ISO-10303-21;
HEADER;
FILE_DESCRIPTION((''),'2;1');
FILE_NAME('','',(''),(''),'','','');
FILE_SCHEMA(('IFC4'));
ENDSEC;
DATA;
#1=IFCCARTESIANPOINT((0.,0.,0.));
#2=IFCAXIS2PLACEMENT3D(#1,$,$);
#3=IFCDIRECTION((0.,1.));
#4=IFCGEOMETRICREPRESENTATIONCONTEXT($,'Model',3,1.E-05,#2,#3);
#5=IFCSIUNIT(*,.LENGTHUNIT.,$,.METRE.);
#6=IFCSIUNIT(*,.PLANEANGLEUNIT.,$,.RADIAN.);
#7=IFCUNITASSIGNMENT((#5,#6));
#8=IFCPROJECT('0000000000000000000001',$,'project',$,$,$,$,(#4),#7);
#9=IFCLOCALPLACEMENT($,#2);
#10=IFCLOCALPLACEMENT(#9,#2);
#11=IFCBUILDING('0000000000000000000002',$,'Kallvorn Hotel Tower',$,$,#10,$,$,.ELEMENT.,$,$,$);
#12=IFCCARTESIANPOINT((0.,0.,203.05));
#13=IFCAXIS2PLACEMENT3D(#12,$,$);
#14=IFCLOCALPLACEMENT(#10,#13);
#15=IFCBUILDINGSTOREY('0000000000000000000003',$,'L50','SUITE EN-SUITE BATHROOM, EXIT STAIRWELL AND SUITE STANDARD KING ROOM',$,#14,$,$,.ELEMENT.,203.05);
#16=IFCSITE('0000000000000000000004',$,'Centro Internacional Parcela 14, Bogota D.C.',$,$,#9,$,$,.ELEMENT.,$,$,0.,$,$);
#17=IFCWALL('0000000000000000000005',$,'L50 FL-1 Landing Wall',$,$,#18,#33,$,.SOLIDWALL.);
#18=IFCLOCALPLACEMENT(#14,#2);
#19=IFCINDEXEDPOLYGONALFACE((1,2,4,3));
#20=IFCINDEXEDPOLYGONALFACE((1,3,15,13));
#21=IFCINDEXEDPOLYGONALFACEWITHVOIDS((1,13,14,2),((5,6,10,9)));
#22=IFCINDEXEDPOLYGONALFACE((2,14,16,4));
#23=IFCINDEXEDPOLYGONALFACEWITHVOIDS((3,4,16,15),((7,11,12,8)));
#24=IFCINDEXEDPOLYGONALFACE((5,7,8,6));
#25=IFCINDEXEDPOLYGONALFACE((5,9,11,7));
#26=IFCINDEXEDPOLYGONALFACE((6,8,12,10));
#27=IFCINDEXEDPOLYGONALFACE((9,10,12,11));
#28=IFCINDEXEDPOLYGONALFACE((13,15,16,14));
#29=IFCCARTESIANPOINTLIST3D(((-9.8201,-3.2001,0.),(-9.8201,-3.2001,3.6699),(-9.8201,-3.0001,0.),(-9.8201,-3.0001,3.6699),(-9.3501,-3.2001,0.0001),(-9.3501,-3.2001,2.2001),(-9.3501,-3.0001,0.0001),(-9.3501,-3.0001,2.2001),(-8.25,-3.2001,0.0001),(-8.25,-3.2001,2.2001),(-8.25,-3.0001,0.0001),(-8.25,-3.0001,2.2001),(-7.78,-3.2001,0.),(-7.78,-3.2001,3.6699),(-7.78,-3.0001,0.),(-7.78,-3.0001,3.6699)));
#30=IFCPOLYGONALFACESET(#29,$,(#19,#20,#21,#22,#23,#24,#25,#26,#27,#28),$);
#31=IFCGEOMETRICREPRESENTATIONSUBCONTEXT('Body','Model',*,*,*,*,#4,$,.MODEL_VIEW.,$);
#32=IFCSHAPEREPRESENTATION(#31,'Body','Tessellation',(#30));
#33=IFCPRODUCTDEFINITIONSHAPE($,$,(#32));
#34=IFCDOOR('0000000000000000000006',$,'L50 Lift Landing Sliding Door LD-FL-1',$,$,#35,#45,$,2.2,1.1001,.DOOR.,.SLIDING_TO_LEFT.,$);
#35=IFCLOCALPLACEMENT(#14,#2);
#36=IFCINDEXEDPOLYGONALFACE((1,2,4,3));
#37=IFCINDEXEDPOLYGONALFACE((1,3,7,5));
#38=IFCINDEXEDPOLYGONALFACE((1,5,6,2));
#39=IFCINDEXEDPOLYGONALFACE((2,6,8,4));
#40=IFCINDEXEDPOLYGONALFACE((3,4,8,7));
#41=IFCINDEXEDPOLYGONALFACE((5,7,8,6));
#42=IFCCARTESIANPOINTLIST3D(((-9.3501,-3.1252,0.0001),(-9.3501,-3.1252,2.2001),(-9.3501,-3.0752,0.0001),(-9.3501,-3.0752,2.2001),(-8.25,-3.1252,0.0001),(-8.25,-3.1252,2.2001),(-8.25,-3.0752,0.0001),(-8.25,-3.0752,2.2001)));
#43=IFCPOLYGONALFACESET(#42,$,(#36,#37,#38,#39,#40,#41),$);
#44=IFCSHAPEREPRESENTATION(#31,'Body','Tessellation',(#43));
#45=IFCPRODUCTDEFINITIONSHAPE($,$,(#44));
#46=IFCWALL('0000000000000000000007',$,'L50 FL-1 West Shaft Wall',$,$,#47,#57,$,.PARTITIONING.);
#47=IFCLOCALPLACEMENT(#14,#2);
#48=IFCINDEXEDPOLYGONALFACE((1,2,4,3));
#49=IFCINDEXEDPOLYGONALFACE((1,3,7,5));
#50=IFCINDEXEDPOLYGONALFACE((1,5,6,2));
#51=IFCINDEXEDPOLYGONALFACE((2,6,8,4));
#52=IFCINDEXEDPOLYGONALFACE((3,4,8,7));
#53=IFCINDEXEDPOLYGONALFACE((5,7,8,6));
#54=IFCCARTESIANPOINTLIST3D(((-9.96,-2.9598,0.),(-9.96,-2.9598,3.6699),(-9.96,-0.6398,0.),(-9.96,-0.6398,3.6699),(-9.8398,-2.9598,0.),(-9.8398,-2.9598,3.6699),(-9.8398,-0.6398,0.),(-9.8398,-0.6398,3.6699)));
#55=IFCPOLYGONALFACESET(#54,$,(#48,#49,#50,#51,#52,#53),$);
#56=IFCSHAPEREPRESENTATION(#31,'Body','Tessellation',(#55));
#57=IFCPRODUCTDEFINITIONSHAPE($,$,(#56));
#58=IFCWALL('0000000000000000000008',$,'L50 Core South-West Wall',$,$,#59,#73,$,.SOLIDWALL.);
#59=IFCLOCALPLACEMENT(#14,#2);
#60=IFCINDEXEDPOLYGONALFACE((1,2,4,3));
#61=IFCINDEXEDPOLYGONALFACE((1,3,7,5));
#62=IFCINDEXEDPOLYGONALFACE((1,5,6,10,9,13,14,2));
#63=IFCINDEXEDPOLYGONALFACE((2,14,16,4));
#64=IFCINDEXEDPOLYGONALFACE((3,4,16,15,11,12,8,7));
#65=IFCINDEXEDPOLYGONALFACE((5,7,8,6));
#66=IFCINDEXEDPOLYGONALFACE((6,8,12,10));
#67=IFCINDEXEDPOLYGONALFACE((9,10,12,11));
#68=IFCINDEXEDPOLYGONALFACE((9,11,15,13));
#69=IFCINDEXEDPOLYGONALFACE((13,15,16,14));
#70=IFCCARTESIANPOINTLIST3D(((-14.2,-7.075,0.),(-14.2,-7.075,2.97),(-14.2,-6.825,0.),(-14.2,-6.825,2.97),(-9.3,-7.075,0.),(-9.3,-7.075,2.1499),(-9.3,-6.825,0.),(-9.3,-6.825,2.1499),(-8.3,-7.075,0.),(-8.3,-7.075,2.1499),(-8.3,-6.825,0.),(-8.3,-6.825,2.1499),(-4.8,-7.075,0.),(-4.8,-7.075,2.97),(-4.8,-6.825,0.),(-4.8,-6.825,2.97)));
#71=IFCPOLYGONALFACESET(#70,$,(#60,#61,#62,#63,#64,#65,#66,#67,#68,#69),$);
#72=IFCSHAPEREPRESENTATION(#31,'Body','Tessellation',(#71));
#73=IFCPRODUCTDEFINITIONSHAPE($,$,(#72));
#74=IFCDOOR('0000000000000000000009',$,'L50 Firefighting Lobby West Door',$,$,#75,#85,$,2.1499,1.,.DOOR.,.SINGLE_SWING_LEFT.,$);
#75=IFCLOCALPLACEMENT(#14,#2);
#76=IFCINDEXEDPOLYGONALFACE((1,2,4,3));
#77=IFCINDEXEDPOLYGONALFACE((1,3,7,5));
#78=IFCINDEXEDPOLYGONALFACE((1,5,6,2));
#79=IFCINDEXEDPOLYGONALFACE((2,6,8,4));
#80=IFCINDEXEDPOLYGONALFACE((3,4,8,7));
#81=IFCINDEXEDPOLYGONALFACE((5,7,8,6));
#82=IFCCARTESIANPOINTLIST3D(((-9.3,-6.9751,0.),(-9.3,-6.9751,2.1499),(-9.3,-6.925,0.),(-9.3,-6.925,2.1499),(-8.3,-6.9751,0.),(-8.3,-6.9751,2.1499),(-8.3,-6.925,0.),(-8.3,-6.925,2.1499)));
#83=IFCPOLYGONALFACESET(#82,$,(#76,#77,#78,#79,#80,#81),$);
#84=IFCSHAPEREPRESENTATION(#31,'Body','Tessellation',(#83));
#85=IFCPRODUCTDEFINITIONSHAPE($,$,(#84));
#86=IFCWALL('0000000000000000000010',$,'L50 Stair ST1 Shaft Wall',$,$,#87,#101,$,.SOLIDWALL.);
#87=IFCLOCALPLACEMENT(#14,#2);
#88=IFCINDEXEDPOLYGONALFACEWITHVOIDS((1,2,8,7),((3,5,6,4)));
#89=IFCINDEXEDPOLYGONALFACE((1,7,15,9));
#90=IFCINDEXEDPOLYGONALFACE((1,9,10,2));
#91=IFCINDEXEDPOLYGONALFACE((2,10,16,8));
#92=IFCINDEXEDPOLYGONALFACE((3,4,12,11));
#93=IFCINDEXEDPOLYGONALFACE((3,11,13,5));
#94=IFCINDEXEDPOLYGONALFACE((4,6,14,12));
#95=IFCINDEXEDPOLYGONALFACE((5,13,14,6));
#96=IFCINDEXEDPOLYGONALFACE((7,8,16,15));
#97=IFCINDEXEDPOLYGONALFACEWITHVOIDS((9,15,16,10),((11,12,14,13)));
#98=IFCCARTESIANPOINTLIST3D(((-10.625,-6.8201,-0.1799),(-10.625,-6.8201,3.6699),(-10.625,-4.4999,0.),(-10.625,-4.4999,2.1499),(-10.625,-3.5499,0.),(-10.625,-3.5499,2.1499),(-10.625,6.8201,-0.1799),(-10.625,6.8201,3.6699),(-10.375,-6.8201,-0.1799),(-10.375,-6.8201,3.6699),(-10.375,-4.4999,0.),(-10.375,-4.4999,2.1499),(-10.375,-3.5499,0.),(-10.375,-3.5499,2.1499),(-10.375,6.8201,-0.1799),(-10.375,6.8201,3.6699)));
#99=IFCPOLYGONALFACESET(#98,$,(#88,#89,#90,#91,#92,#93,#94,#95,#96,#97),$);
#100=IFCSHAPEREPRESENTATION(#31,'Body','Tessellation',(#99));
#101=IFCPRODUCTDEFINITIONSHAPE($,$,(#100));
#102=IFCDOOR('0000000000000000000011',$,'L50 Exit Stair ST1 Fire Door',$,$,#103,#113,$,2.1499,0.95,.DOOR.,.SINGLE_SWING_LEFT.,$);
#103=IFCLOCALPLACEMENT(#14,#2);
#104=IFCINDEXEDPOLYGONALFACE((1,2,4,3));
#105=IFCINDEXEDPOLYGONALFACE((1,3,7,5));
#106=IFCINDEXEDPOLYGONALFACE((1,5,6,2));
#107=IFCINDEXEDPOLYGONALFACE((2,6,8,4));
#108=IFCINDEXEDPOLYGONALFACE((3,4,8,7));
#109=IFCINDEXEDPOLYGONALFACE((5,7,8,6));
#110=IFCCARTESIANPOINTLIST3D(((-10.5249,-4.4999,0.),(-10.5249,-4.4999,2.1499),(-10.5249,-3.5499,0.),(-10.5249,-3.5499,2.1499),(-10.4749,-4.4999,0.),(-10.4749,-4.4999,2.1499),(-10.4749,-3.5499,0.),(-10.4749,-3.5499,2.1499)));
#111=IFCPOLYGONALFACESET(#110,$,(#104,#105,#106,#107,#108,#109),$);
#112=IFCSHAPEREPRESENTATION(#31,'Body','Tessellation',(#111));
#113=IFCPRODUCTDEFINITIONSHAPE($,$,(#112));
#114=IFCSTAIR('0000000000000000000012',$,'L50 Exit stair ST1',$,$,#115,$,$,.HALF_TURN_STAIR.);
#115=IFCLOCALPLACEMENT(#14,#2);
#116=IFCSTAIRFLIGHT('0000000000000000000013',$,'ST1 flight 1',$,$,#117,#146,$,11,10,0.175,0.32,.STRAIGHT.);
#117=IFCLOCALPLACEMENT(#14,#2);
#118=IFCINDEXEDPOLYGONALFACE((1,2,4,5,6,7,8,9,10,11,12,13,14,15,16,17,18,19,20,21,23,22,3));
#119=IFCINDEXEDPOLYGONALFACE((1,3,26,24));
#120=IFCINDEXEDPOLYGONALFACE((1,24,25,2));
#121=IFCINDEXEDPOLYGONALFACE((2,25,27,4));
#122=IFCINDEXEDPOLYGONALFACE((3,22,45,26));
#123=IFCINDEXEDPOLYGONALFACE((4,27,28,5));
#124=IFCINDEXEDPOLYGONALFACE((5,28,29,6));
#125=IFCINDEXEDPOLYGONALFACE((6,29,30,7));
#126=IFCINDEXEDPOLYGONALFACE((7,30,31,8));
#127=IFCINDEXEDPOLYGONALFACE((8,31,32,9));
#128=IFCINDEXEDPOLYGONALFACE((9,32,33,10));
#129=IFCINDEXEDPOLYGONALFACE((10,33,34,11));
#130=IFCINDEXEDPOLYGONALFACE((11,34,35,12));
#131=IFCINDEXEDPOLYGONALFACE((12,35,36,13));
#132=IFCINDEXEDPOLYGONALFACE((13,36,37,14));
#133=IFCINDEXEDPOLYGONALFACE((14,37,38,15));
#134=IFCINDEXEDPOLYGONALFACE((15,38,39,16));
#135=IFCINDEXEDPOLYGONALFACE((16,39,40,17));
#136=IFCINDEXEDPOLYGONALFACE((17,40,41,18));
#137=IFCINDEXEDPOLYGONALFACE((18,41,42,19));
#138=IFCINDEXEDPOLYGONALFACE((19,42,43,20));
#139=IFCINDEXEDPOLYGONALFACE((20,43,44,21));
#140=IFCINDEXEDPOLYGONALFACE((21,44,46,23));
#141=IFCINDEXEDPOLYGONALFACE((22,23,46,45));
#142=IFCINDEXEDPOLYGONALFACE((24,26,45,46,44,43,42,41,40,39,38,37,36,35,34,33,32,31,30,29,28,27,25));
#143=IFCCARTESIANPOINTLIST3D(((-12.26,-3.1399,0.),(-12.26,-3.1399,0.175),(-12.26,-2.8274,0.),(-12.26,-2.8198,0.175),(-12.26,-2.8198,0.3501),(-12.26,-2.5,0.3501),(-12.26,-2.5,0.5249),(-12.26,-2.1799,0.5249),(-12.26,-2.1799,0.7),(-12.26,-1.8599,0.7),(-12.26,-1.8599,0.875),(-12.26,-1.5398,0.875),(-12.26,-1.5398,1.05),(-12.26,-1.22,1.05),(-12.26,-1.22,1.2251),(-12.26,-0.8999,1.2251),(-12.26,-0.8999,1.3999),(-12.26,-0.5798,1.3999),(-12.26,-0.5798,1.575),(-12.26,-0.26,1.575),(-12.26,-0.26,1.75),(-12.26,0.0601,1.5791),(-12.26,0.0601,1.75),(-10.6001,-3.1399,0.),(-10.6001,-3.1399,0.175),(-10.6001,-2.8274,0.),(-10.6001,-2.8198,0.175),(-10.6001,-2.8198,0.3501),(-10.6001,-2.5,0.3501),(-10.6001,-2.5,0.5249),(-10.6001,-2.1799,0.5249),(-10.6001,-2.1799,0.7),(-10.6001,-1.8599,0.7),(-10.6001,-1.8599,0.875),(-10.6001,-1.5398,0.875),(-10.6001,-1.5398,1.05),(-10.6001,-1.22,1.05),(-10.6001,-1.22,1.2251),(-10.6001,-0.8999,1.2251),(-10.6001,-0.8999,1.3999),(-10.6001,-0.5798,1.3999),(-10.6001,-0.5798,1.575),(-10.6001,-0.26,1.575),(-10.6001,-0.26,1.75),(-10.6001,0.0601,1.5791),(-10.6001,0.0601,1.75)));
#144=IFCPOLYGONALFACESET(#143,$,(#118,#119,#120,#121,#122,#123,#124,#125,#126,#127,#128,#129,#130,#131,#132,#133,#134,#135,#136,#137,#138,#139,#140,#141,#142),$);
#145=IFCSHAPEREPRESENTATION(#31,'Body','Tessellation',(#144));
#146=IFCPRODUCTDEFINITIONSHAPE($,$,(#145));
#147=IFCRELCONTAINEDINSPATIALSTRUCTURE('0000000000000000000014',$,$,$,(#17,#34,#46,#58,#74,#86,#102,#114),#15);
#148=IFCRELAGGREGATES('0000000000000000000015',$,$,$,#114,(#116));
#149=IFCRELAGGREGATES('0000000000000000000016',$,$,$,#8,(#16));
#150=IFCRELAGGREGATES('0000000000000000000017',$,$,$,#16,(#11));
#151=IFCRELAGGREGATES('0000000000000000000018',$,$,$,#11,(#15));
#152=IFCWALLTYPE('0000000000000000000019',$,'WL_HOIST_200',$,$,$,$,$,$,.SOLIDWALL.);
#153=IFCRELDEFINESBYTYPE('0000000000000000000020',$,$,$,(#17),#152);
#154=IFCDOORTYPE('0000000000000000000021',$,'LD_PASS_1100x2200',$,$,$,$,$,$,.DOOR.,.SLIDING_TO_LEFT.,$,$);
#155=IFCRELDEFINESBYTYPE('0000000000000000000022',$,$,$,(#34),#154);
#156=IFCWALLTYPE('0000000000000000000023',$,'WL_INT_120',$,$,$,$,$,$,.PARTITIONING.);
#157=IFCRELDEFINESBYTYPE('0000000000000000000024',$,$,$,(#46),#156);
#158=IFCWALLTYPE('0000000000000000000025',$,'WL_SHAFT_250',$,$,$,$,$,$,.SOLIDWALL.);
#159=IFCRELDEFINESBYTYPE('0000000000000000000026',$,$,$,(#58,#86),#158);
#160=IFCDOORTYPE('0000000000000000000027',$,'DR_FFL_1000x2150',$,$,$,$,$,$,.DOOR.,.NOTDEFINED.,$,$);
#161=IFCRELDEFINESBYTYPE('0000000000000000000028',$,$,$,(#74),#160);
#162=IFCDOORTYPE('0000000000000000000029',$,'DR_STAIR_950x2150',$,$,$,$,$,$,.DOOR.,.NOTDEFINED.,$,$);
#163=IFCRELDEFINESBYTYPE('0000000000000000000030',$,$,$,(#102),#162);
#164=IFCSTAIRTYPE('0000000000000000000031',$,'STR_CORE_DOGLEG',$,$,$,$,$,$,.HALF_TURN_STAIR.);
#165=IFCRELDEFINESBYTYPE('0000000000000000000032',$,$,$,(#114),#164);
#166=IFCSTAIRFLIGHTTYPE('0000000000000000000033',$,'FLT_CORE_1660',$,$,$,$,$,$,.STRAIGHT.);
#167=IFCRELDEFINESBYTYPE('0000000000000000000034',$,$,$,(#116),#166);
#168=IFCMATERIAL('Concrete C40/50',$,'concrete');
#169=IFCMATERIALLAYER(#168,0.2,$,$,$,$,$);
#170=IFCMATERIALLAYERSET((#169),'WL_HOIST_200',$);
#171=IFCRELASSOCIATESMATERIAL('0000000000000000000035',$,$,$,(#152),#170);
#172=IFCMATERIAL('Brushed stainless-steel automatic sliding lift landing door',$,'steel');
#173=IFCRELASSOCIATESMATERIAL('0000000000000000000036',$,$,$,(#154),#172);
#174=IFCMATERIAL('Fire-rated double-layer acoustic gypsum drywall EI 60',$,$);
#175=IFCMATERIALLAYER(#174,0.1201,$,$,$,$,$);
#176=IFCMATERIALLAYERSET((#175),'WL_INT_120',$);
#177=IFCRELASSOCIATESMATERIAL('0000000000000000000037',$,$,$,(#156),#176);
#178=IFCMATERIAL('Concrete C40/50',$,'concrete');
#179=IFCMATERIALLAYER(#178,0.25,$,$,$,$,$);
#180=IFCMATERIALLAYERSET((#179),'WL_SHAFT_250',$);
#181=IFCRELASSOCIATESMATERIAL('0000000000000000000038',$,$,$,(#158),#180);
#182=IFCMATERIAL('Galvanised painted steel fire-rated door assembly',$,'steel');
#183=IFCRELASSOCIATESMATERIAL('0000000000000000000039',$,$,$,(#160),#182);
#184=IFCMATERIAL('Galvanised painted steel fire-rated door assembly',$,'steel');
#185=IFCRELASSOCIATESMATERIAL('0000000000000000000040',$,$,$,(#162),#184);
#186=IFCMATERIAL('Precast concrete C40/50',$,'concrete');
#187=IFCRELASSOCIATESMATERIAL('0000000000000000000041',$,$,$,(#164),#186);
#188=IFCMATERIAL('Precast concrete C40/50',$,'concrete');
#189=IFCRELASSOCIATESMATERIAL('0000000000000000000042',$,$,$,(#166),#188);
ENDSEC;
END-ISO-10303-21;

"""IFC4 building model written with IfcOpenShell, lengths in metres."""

from ifc_helpers import new_model, si_unit, direction, frame, frame_2d, origin, place, context, subcontext, project, spatial, polyline, rectangle, outline, extrude, material, layer, layer_set, type_object, element, fill, aggregate, save


model = new_model("IFC4")

# Units and contexts
model_context = context("Model", 3, precision=1e-05, world=origin(), true_north=direction((0.0, 1.0)))
body_context = subcontext(model_context, "Body", "Model", "MODEL_VIEW")
ifc_project = project(units=[si_unit("LENGTHUNIT", "METRE"), si_unit("PLANEANGLEUNIT", "RADIAN")], contexts=[model_context])

# Site, building, storey
site_placement = place(None, origin())
site = spatial("IfcSite", under=ifc_project, at=site_placement, Name="Centro Internacional Parcela 14, Bogota D.C.", CompositionType="ELEMENT", RefElevation=0.0)
building_placement = place(site_placement, origin())
building = spatial("IfcBuilding", under=site, at=building_placement, Name="Kallvorn Hotel Tower", CompositionType="ELEMENT")
storey_placement = place(building_placement, frame((0.0, 0.0, 203.05)))
storey = spatial("IfcBuildingStorey", under=building, at=storey_placement, Name="L50", Description="SUITE EN-SUITE BATHROOM, EXIT STAIRWELL AND SUITE STANDARD KING ROOM", CompositionType="ELEMENT", Elevation=203.05)

# Shared definitions
ifc_material_1 = material(Name="Concrete C40/50", Category="concrete")
ifc_layer_1 = layer(ifc_material_1, 0.2)
ifc_layer_set_1 = layer_set([ifc_layer_1], Name="WL_HOIST_200")
wall_type_1 = type_object("IfcWallType", Name="WL_HOIST_200", PredefinedType="SOLIDWALL", material=ifc_layer_set_1)

# Wall, opening, door
wall_1_placement = place(storey_placement, frame((-9.8201, -3.1001, 0.0), z_axis=(0.0, 0.0, 1.0), x_axis=(1.0, 0.0, 0.0)))
wall_1 = element("IfcWall", 1, at=wall_1_placement, inside=storey, type_object=wall_type_1, Name="L50 FL-1 Landing Wall", PredefinedType="SOLIDWALL", context=body_context, shape_type="SweptSolid", body=[
    extrude(rectangle(XDim=2.04, YDim=0.2, at=frame_2d((1.02, 0.0))), origin(), (0.0, 0.0, 1.0), 3.6699),
])
opening_1_placement = place(wall_1_placement, frame((0.47, 0.0, 0.0)))
opening_1 = element("IfcOpeningElement", 2, at=opening_1_placement, cuts=wall_1, PredefinedType="OPENING", context=body_context, shape_type="SweptSolid", body=[
    extrude(rectangle(XDim=1.1001, YDim=2.2, at=frame_2d((0.55, 1.1001))), frame((0.0, 0.115, 0.0), z_axis=(0.0, -1.0, 0.0), x_axis=(1.0, 0.0, 0.0)), (0.0, 0.0, 1.0), 0.23),
])
ifc_material_2 = material(Name="Brushed stainless-steel automatic sliding lift landing door", Category="steel")
door_type_1 = type_object("IfcDoorType", Name="LD_PASS_1100x2200", OperationType="SLIDING_TO_LEFT", PredefinedType="DOOR", material=ifc_material_2)
door_1_placement = place(opening_1_placement, origin())
door_1 = element("IfcDoor", 3, at=door_1_placement, inside=storey, type_object=door_type_1, Name="L50 Lift Landing Sliding Door LD-FL-1", OperationType="SLIDING_TO_LEFT", OverallHeight=2.2, OverallWidth=1.1001, PredefinedType="DOOR", context=body_context, shape_type="SweptSolid", body=[
    extrude(rectangle(XDim=1.1001, YDim=2.2, at=frame_2d((0.55, 1.1001))), frame((0.0, 0.0249, 0.0), z_axis=(0.0, -1.0, 0.0), x_axis=(1.0, 0.0, 0.0)), (0.0, 0.0, 1.0), 0.05),
])
fill(opening_1, door_1)

# Wall
ifc_material_3 = material(Name="Fire-rated double-layer acoustic gypsum drywall EI 60")
ifc_layer_2 = layer(ifc_material_3, 0.1201)
ifc_layer_set_2 = layer_set([ifc_layer_2], Name="WL_INT_120")
wall_type_2 = type_object("IfcWallType", Name="WL_INT_120", PredefinedType="PARTITIONING", material=ifc_layer_set_2)
wall_2_placement = place(storey_placement, frame((-9.8999, -2.96, 0.0), z_axis=(0.0, 0.0, 1.0), x_axis=(0.0, 1.0, 0.0)))
element("IfcWall", 4, at=wall_2_placement, inside=storey, type_object=wall_type_2, Name="L50 FL-1 West Shaft Wall", PredefinedType="PARTITIONING", context=body_context, shape_type="SweptSolid", body=[
    extrude(rectangle(XDim=2.3201, YDim=0.1201, at=frame_2d((1.1602, 0.0))), origin(), (0.0, 0.0, 1.0), 3.6699),
])

# Walls, openings, doors
ifc_material_4 = material(Name="Concrete C40/50", Category="concrete")
ifc_layer_3 = layer(ifc_material_4, 0.25)
ifc_layer_set_3 = layer_set([ifc_layer_3], Name="WL_SHAFT_250")
wall_type_3 = type_object("IfcWallType", Name="WL_SHAFT_250", PredefinedType="SOLIDWALL", material=ifc_layer_set_3)
wall_3_placement = place(storey_placement, frame((-14.2, -6.95, 0.0), z_axis=(0.0, 0.0, 1.0), x_axis=(1.0, 0.0, 0.0)))
wall_3 = element("IfcWall", 5, at=wall_3_placement, inside=storey, type_object=wall_type_3, Name="L50 Core South-West Wall", PredefinedType="SOLIDWALL", context=body_context, shape_type="SweptSolid", body=[
    extrude(rectangle(XDim=9.3999, YDim=0.25, at=frame_2d((4.7, 0.0))), origin(), (0.0, 0.0, 1.0), 2.97),
])
opening_2_placement = place(wall_3_placement, frame((4.8999, 0.0, 0.0)))
opening_2 = element("IfcOpeningElement", 6, at=opening_2_placement, cuts=wall_3, PredefinedType="OPENING", context=body_context, shape_type="SweptSolid", body=[
    extrude(rectangle(XDim=1.0, YDim=2.1499, at=frame_2d((0.5, 1.075))), frame((0.0, 0.1399, 0.0), z_axis=(0.0, -1.0, 0.0), x_axis=(1.0, 0.0, 0.0)), (0.0, 0.0, 1.0), 0.28),
])
ifc_material_5 = material(Name="Galvanised painted steel fire-rated door assembly", Category="steel")
door_type_2 = type_object("IfcDoorType", Name="DR_FFL_1000x2150", OperationType="NOTDEFINED", PredefinedType="DOOR", material=ifc_material_5)
door_2_placement = place(opening_2_placement, origin())
door_2 = element("IfcDoor", 7, at=door_2_placement, inside=storey, type_object=door_type_2, Name="L50 Firefighting Lobby West Door", OperationType="SINGLE_SWING_LEFT", OverallHeight=2.1499, OverallWidth=1.0, PredefinedType="DOOR", context=body_context, shape_type="SweptSolid", body=[
    extrude(rectangle(XDim=1.0, YDim=2.1499, at=frame_2d((0.5, 1.075))), frame((0.0, 0.0249, 0.0), z_axis=(0.0, -1.0, 0.0), x_axis=(1.0, 0.0, 0.0)), (0.0, 0.0, 1.0), 0.05),
])
fill(opening_2, door_2)
wall_4_placement = place(storey_placement, frame((-10.5, -6.8201, -0.1799), z_axis=(0.0, 0.0, 1.0), x_axis=(0.0, 1.0, 0.0)))
wall_4 = element("IfcWall", 8, at=wall_4_placement, inside=storey, type_object=wall_type_3, Name="L50 Stair ST1 Shaft Wall", PredefinedType="SOLIDWALL", context=body_context, shape_type="SweptSolid", body=[
    extrude(rectangle(XDim=13.6401, YDim=0.25, at=frame_2d((6.8201, 0.0))), origin(), (0.0, 0.0, 1.0), 3.8499),
])
opening_3_placement = place(wall_4_placement, frame((2.3201, 0.0, 0.1799)))
opening_3 = element("IfcOpeningElement", 9, at=opening_3_placement, cuts=wall_4, PredefinedType="OPENING", context=body_context, shape_type="SweptSolid", body=[
    extrude(rectangle(XDim=0.95, YDim=2.1499, at=frame_2d((0.4751, 1.075))), frame((0.0, 0.1399, 0.0), z_axis=(0.0, -1.0, 0.0), x_axis=(1.0, 0.0, 0.0)), (0.0, 0.0, 1.0), 0.28),
])
ifc_material_6 = material(Name="Galvanised painted steel fire-rated door assembly", Category="steel")
door_type_3 = type_object("IfcDoorType", Name="DR_STAIR_950x2150", OperationType="NOTDEFINED", PredefinedType="DOOR", material=ifc_material_6)
door_3_placement = place(opening_3_placement, origin())
door_3 = element("IfcDoor", 10, at=door_3_placement, inside=storey, type_object=door_type_3, Name="L50 Exit Stair ST1 Fire Door", OperationType="SINGLE_SWING_LEFT", OverallHeight=2.1499, OverallWidth=0.95, PredefinedType="DOOR", context=body_context, shape_type="SweptSolid", body=[
    extrude(rectangle(XDim=0.95, YDim=2.1499, at=frame_2d((0.4751, 1.075))), frame((0.0, 0.0249, 0.0), z_axis=(0.0, -1.0, 0.0), x_axis=(1.0, 0.0, 0.0)), (0.0, 0.0, 1.0), 0.05),
])
fill(opening_3, door_3)

# Stair, stair flight
ifc_material_7 = material(Name="Precast concrete C40/50", Category="concrete")
stair_type = type_object("IfcStairType", Name="STR_CORE_DOGLEG", PredefinedType="HALF_TURN_STAIR", material=ifc_material_7)
stair_placement = place(storey_placement, origin())
stair = element("IfcStair", 11, at=stair_placement, inside=storey, type_object=stair_type, Name="L50 Exit stair ST1", PredefinedType="HALF_TURN_STAIR")
ifc_material_8 = material(Name="Precast concrete C40/50", Category="concrete")
stair_flight_type = type_object("IfcStairFlightType", Name="FLT_CORE_1660", PredefinedType="STRAIGHT", material=ifc_material_8)
stair_flight_placement = place(storey_placement, frame((-11.4299, -3.1399, 0.0), z_axis=(0.0, 0.0, 1.0), x_axis=(0.0, 1.0, 0.0)))
stair_flight = element("IfcStairFlight", 12, at=stair_flight_placement, type_object=stair_flight_type, Name="ST1 flight 1", NumberOfRisers=11, NumberOfTreads=10, PredefinedType="STRAIGHT", RiserHeight=0.175, TreadLength=0.32, context=body_context, shape_type="SweptSolid", body=[
    extrude(outline(polyline([(0.0, 0.0), (0.0, 0.175), (0.3201, 0.175), (0.3201, 0.3501), (0.6399, 0.3501), (0.6399, 0.5249), (0.96, 0.5249), (0.96, 0.7), (1.28, 0.7), (1.28, 0.875), (1.6001, 0.875), (1.6001, 1.05), (1.9199, 1.05), (1.9199, 1.2251), (2.24, 1.2251), (2.24, 1.3999), (2.5601, 1.3999), (2.5601, 1.575), (2.8799, 1.575), (2.8799, 1.75), (3.2, 1.75), (3.2, 1.925), (3.2, 1.5791), (0.3125, 0.0), (0.0, 0.0)])), frame((0.0, 0.8301, 0.0), z_axis=(0.0, -1.0, 0.0), x_axis=(1.0, 0.0, 0.0)), (0.0, 0.0, 1.0), 1.6599),
])
aggregate(stair, [stair_flight])

save(model, "model.ifc")
